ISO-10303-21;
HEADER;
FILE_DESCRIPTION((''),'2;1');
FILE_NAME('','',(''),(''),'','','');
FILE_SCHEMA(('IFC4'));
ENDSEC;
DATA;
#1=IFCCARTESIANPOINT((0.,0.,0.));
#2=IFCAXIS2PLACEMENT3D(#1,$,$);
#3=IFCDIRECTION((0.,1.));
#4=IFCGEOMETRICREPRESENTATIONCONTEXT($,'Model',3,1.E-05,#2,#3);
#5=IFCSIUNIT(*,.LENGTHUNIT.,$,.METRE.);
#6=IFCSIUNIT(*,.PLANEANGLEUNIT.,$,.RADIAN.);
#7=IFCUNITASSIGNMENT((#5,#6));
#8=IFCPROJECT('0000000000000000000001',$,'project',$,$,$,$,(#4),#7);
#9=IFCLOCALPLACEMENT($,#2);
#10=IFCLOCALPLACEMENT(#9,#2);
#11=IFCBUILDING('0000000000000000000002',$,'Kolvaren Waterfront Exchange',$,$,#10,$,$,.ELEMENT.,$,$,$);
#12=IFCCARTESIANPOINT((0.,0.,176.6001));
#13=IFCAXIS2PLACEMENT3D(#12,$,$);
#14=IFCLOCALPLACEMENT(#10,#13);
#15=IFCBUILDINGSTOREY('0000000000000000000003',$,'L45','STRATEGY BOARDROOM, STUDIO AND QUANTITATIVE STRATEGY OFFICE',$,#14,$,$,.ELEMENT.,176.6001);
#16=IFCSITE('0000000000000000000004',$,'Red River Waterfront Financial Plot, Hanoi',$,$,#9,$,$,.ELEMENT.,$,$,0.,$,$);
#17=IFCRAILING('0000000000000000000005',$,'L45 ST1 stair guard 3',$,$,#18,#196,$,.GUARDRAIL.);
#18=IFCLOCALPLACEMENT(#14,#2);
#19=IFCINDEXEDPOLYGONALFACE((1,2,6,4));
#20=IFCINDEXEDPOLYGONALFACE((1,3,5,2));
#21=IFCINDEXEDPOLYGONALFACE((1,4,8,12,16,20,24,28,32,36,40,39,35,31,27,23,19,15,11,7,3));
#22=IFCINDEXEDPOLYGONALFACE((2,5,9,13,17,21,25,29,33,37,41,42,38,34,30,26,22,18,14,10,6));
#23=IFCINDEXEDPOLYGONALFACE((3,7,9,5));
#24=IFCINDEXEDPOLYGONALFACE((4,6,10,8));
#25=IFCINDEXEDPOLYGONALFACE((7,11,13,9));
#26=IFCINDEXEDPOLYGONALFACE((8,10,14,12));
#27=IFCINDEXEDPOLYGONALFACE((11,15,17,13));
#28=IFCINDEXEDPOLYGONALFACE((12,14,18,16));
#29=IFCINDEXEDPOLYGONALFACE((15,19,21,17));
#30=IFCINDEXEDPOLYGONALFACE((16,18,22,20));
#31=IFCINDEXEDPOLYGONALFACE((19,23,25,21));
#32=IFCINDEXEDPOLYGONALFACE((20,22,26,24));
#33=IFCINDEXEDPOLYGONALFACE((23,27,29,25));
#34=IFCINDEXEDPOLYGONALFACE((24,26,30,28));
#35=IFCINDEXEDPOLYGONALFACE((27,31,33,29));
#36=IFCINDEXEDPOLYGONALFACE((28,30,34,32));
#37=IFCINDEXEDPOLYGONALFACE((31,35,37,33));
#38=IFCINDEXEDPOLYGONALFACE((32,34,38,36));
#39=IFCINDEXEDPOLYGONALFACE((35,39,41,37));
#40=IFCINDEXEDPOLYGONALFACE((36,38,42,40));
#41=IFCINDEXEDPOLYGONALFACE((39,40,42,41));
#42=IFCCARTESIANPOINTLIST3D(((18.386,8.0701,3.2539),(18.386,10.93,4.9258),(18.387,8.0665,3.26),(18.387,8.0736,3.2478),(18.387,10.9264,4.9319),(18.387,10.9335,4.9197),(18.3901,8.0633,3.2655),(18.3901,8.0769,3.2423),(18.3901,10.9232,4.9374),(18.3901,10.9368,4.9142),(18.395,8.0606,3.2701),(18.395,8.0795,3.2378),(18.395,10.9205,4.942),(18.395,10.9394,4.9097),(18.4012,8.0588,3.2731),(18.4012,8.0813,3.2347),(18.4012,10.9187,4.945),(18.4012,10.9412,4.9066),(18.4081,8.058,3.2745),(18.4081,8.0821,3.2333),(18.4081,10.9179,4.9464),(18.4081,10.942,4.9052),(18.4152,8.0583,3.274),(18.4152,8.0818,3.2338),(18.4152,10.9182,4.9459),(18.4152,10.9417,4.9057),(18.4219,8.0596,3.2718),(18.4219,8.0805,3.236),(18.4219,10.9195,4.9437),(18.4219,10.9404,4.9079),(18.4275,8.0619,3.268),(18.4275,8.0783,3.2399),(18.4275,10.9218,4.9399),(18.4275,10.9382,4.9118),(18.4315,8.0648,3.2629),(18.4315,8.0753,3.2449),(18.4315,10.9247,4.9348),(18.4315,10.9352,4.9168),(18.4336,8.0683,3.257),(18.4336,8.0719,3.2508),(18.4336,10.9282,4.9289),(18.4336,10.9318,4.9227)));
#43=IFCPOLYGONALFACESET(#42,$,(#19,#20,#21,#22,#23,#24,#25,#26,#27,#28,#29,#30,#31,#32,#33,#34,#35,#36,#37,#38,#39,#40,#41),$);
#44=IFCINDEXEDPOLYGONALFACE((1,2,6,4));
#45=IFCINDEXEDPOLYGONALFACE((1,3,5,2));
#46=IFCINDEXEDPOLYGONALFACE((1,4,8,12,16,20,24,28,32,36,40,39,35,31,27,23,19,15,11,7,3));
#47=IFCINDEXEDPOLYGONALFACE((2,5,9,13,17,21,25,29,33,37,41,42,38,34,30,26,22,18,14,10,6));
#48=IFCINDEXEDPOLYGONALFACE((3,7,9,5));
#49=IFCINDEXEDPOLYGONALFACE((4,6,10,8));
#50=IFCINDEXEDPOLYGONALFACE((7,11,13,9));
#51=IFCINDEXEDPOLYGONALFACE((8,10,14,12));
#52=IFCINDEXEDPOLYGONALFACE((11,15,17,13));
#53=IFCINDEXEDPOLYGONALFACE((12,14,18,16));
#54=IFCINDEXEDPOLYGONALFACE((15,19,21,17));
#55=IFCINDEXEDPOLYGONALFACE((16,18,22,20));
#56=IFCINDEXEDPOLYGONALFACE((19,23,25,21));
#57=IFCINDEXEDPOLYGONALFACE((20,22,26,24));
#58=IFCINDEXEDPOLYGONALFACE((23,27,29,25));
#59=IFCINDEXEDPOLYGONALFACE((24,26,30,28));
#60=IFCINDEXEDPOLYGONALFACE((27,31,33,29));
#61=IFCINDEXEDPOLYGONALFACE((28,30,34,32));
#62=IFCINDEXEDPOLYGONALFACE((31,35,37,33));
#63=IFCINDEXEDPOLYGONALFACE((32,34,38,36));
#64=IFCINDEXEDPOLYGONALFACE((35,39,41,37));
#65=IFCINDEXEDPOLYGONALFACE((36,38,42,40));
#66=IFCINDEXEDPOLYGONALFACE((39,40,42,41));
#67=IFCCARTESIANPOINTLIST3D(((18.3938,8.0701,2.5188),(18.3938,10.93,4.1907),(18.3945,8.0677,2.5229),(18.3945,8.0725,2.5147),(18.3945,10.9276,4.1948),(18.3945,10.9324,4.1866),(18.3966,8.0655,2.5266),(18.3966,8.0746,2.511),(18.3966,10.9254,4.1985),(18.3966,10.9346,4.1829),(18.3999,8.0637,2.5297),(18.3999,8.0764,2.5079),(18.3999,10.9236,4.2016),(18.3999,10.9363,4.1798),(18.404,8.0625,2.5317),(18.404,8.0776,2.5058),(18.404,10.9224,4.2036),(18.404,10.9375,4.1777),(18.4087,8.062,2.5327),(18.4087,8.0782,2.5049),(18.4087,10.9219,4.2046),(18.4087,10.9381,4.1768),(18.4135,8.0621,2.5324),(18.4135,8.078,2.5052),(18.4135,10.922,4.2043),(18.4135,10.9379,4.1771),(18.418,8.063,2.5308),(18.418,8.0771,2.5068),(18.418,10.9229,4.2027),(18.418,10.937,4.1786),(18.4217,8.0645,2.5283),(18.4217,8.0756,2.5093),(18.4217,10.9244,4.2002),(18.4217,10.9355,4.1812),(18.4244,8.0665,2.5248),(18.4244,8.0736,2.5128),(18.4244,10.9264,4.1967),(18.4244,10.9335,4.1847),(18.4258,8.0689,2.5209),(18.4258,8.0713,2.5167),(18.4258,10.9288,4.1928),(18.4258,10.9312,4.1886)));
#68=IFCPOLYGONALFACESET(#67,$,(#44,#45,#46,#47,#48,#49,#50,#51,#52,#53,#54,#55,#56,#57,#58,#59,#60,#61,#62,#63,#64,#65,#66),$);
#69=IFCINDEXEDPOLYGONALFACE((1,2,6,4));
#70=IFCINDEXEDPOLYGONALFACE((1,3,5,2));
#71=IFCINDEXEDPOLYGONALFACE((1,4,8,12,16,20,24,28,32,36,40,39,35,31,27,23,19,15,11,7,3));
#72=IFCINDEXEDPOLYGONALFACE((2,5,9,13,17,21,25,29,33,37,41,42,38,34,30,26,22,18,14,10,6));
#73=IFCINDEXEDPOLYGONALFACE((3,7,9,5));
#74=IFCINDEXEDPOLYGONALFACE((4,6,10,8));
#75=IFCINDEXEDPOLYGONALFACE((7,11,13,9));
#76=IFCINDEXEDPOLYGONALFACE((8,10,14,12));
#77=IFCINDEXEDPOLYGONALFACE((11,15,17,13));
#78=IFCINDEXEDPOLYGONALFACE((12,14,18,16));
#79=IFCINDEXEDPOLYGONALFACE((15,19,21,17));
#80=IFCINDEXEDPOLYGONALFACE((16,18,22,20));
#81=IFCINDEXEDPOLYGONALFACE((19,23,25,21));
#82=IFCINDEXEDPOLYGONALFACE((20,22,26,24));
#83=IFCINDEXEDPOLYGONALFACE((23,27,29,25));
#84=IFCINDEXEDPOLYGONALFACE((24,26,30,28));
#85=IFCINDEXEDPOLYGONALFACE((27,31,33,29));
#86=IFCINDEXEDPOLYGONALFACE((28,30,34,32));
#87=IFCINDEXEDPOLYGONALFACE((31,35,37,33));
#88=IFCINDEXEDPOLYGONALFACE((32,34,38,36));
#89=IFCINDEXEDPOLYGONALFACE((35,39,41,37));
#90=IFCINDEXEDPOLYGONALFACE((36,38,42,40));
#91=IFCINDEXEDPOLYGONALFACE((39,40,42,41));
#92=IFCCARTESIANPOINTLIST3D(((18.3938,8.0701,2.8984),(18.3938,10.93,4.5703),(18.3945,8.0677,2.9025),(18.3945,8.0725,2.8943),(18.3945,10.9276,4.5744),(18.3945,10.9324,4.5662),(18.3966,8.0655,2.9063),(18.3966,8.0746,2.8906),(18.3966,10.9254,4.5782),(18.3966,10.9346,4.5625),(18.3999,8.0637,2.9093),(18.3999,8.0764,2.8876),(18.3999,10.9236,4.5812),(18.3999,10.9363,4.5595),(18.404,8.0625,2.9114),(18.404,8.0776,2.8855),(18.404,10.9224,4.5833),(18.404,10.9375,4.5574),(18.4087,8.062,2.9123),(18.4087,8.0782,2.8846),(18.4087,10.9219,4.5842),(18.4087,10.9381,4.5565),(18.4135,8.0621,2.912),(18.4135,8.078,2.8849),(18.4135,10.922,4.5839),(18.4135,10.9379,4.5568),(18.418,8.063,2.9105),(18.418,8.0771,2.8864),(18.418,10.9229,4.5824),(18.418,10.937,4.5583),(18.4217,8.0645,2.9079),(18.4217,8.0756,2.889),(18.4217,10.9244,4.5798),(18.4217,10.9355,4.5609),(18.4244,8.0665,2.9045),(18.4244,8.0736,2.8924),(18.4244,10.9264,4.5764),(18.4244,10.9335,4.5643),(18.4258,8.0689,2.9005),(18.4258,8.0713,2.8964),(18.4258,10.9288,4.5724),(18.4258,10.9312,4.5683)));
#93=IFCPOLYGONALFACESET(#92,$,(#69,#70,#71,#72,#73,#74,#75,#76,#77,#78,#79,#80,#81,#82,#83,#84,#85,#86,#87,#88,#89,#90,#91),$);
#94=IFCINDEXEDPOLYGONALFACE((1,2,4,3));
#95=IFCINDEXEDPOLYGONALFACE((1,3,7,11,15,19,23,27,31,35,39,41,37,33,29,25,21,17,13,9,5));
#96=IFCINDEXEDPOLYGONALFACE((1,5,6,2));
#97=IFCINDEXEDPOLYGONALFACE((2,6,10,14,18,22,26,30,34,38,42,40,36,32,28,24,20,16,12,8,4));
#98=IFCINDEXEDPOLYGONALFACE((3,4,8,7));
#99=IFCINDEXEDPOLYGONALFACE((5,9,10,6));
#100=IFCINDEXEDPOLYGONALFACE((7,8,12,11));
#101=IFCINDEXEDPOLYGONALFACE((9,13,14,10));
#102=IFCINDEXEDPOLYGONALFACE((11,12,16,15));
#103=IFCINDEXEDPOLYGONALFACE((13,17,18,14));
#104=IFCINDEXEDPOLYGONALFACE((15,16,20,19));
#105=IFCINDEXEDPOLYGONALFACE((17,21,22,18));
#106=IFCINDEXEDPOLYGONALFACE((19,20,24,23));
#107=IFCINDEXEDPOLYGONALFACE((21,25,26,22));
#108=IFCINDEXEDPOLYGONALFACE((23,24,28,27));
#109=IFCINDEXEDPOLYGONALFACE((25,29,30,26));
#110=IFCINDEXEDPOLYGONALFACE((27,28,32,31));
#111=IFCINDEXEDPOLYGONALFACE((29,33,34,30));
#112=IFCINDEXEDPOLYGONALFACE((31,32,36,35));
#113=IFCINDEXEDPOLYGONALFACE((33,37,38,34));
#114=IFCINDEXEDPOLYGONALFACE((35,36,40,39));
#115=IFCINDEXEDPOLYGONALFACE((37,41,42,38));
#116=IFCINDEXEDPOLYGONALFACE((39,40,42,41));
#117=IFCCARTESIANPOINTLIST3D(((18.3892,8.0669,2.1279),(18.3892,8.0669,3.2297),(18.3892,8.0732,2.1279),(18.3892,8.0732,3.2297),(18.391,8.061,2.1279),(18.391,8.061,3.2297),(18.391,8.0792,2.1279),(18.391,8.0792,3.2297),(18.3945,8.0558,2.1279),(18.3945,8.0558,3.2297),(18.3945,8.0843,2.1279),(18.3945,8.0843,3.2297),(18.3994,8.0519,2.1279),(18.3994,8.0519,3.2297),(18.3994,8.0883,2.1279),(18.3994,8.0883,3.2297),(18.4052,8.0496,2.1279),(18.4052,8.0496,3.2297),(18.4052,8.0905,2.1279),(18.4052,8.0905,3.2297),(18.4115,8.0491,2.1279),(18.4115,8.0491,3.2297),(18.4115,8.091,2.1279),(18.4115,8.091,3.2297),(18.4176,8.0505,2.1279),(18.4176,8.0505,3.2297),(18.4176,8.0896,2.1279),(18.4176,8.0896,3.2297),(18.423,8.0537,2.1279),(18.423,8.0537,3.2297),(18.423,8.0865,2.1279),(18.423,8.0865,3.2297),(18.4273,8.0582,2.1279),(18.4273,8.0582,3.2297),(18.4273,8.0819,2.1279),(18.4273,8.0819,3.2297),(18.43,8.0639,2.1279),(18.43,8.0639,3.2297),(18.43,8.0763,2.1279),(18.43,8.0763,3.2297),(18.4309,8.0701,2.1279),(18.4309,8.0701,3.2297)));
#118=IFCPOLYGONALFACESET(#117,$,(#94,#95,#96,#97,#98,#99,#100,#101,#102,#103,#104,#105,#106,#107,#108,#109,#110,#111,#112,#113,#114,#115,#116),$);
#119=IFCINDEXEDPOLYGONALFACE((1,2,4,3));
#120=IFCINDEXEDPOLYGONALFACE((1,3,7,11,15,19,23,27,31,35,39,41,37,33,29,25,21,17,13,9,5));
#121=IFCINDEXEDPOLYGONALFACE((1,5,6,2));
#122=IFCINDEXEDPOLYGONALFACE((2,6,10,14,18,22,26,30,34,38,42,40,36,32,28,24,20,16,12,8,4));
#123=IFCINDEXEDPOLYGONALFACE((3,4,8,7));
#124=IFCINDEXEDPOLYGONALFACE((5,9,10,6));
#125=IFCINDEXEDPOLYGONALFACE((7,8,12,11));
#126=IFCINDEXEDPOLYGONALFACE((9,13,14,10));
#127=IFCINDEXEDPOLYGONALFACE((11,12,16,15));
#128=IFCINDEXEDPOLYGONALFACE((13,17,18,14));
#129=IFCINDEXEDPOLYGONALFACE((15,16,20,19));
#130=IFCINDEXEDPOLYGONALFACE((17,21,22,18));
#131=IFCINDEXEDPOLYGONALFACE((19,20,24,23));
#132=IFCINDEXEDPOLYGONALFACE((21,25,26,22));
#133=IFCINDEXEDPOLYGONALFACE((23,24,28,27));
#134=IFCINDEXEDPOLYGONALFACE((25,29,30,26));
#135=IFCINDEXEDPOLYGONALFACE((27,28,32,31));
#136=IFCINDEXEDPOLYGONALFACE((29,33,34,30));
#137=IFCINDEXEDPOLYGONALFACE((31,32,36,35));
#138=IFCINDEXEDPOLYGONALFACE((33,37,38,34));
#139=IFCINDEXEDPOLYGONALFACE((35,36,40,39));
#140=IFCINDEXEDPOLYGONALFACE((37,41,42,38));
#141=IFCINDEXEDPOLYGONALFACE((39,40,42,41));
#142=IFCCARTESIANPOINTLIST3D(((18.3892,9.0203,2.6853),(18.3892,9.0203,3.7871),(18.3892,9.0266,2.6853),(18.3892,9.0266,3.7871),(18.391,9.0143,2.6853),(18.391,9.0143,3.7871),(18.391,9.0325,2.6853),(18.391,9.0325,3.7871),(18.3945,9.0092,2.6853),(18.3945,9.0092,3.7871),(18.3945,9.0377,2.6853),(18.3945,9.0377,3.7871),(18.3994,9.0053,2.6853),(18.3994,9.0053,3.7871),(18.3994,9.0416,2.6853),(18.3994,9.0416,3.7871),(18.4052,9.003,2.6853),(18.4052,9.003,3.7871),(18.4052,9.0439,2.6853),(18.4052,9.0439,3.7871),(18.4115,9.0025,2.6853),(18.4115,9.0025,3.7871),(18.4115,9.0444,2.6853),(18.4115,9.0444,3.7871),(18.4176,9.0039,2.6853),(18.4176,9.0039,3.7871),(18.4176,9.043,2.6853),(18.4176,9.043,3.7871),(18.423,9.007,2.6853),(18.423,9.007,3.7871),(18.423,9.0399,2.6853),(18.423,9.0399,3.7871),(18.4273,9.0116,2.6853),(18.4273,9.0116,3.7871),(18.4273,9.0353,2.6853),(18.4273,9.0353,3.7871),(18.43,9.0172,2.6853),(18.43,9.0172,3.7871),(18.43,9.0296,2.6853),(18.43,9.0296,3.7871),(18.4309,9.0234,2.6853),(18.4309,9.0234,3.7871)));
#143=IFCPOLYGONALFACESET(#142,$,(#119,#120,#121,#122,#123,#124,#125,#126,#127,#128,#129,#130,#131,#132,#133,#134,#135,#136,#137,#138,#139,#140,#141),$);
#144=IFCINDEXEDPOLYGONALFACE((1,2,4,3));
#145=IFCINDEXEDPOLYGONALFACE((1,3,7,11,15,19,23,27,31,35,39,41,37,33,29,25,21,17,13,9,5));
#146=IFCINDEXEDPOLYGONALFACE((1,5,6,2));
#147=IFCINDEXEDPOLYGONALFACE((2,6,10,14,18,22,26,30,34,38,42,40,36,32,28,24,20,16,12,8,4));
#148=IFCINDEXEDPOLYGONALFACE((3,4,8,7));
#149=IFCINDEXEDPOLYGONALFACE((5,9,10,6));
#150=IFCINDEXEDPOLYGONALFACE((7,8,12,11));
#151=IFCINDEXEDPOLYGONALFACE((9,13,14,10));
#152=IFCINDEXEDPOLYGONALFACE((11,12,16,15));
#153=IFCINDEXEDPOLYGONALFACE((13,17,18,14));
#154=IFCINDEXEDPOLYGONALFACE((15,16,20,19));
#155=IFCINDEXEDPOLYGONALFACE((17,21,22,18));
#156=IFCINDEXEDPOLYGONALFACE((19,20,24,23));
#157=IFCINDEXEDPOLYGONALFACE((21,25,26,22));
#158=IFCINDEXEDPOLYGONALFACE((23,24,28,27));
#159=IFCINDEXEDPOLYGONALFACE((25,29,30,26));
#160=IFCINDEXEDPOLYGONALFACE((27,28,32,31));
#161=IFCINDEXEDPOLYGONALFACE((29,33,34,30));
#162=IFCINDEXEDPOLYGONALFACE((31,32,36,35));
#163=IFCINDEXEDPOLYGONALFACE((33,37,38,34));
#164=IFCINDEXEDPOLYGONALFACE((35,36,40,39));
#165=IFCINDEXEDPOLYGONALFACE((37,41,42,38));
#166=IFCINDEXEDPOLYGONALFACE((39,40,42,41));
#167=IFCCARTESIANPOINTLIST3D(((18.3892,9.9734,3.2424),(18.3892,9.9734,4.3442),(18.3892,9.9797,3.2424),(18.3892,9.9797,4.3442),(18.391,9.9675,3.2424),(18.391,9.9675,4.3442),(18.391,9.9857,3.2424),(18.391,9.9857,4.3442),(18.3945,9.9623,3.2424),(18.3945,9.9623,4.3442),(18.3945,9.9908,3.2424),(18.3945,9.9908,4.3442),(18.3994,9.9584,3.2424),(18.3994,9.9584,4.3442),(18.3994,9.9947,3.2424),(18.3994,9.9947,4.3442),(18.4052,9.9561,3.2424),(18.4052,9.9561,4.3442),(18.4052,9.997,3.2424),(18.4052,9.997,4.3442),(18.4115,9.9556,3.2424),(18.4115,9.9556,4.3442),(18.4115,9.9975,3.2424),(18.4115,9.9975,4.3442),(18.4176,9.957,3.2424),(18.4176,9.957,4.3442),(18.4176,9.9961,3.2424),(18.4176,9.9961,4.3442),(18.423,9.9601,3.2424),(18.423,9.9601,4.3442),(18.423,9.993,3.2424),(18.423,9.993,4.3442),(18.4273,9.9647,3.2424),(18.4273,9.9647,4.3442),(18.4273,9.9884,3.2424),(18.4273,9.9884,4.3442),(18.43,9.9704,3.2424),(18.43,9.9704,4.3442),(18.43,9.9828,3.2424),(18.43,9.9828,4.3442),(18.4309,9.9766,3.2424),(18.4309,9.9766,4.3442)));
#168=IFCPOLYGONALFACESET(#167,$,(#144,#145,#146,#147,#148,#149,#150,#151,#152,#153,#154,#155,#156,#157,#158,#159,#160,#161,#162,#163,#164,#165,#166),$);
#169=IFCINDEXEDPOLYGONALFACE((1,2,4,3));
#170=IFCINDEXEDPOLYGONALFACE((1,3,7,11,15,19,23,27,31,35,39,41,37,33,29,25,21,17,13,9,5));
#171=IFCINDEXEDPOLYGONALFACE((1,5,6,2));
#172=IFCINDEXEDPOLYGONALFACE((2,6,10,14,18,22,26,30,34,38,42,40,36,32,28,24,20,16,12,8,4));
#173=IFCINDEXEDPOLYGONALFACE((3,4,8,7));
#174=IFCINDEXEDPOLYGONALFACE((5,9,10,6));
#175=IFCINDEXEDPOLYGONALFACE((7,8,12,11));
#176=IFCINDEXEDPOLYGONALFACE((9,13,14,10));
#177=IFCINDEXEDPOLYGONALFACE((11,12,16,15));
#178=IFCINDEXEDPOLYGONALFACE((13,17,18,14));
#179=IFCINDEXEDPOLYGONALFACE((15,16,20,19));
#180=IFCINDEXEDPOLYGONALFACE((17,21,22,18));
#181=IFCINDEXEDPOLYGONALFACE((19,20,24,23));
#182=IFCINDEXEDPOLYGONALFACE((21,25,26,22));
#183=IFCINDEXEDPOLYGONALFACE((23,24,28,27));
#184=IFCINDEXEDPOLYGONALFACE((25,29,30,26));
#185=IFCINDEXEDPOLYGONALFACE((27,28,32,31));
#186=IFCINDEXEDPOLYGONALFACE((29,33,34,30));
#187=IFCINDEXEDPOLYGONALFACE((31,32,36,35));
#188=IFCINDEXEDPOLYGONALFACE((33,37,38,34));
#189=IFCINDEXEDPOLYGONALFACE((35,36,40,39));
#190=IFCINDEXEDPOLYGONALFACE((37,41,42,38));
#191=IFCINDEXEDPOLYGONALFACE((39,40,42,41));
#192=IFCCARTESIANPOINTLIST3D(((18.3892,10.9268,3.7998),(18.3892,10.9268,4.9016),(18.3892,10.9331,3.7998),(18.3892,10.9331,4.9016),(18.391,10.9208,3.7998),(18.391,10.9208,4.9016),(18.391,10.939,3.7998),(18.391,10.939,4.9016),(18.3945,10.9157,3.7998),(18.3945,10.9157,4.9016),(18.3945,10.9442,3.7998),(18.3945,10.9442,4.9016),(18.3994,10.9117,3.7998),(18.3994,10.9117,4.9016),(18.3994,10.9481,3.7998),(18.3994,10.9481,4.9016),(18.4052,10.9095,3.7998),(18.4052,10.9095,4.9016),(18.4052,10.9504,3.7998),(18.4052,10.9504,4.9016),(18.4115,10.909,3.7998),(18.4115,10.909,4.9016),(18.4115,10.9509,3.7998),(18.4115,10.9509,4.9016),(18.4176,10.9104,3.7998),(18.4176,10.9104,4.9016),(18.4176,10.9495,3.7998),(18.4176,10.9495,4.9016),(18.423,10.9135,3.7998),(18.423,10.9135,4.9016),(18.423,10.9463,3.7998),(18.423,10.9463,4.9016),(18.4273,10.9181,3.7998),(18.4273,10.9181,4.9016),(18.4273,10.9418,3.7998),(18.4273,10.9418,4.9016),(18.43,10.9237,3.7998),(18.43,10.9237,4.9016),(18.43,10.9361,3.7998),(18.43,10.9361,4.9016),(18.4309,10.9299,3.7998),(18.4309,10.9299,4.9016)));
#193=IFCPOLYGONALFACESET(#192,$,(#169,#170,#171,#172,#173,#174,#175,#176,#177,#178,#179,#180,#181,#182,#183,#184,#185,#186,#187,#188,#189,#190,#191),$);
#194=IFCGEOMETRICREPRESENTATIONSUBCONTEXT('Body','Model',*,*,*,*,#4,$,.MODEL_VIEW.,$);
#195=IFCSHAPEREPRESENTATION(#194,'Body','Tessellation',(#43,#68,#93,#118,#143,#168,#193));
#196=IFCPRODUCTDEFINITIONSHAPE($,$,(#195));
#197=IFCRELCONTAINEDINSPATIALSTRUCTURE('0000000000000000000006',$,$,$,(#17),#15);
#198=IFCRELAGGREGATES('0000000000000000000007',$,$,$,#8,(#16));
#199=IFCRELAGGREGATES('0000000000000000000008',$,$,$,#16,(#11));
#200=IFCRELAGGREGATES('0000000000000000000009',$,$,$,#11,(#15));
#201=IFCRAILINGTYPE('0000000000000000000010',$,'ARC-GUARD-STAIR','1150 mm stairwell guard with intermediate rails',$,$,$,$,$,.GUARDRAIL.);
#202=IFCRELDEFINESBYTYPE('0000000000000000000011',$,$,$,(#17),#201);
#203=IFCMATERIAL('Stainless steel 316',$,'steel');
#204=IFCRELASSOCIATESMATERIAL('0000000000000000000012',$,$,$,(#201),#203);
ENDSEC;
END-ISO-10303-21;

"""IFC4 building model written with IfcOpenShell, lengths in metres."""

from ifc_helpers import new_model, si_unit, direction, frame, origin, origin_2d, place, context, subcontext, project, spatial, circle, extrude, material, type_object, element, save


model = new_model("IFC4")

# Units and contexts
model_context = context("Model", 3, precision=1e-05, world=origin(), true_north=direction((0.0, 1.0)))
body_context = subcontext(model_context, "Body", "Model", "MODEL_VIEW")
ifc_project = project(units=[si_unit("LENGTHUNIT", "METRE"), si_unit("PLANEANGLEUNIT", "RADIAN")], contexts=[model_context])

# Site, building, storey
site_placement = place(None, origin())
site = spatial("IfcSite", under=ifc_project, at=site_placement, Name="Red River Waterfront Financial Plot, Hanoi", CompositionType="ELEMENT", RefElevation=0.0)
building_placement = place(site_placement, origin())
building = spatial("IfcBuilding", under=site, at=building_placement, Name="Kolvaren Waterfront Exchange", CompositionType="ELEMENT")
storey_placement = place(building_placement, frame((0.0, 0.0, 176.6001)))
storey = spatial("IfcBuildingStorey", under=building, at=storey_placement, Name="L45", Description="STRATEGY BOARDROOM, STUDIO AND QUANTITATIVE STRATEGY OFFICE", CompositionType="ELEMENT", Elevation=176.6001)

# Railing
ifc_material_1 = material(Name="Stainless steel 316", Category="steel")
railing_type_1 = type_object("IfcRailingType", Name="ARC-GUARD-STAIR", Description="1150 mm stairwell guard with intermediate rails", PredefinedType="GUARDRAIL", material=ifc_material_1)
railing_1_placement = place(storey_placement, frame((18.4099, 8.0701, 2.1279)))
element("IfcRailing", 1, at=railing_1_placement, inside=storey, type_object=railing_type_1, Name="L45 ST1 stair guard 3", PredefinedType="GUARDRAIL", context=body_context, shape_type="SweptSolid", body=[
    extrude(circle(Radius=0.0239, at=origin_2d()), frame((0.0, 0.0, 1.126), z_axis=(0.0, 0.863303, 0.504686), x_axis=(-1.0, 0.0, 0.0)), (0.0, 0.0, 1.0), 3.3127),
    extrude(circle(Radius=0.0161, at=origin_2d()), frame((0.0, 0.0, 0.3909), z_axis=(0.0, 0.863303, 0.504686), x_axis=(-1.0, 0.0, 0.0)), (0.0, 0.0, 1.0), 3.3127),
    extrude(circle(Radius=0.0161, at=origin_2d()), frame((0.0, 0.0, 0.7705), z_axis=(0.0, 0.863303, 0.504686), x_axis=(-1.0, 0.0, 0.0)), (0.0, 0.0, 1.0), 3.3127),
    extrude(circle(Radius=0.021, at=origin_2d()), origin(), (0.0, 0.0, 1.0), 1.1018),
    extrude(circle(Radius=0.021, at=origin_2d()), frame((0.0, 0.9534, 0.5574)), (0.0, 0.0, 1.0), 1.1018),
    extrude(circle(Radius=0.021, at=origin_2d()), frame((0.0, 1.9065, 1.1145)), (0.0, 0.0, 1.0), 1.1018),
    extrude(circle(Radius=0.021, at=origin_2d()), frame((0.0, 2.8599, 1.6719)), (0.0, 0.0, 1.0), 1.1018),
])

save(model, "model.ifc")
